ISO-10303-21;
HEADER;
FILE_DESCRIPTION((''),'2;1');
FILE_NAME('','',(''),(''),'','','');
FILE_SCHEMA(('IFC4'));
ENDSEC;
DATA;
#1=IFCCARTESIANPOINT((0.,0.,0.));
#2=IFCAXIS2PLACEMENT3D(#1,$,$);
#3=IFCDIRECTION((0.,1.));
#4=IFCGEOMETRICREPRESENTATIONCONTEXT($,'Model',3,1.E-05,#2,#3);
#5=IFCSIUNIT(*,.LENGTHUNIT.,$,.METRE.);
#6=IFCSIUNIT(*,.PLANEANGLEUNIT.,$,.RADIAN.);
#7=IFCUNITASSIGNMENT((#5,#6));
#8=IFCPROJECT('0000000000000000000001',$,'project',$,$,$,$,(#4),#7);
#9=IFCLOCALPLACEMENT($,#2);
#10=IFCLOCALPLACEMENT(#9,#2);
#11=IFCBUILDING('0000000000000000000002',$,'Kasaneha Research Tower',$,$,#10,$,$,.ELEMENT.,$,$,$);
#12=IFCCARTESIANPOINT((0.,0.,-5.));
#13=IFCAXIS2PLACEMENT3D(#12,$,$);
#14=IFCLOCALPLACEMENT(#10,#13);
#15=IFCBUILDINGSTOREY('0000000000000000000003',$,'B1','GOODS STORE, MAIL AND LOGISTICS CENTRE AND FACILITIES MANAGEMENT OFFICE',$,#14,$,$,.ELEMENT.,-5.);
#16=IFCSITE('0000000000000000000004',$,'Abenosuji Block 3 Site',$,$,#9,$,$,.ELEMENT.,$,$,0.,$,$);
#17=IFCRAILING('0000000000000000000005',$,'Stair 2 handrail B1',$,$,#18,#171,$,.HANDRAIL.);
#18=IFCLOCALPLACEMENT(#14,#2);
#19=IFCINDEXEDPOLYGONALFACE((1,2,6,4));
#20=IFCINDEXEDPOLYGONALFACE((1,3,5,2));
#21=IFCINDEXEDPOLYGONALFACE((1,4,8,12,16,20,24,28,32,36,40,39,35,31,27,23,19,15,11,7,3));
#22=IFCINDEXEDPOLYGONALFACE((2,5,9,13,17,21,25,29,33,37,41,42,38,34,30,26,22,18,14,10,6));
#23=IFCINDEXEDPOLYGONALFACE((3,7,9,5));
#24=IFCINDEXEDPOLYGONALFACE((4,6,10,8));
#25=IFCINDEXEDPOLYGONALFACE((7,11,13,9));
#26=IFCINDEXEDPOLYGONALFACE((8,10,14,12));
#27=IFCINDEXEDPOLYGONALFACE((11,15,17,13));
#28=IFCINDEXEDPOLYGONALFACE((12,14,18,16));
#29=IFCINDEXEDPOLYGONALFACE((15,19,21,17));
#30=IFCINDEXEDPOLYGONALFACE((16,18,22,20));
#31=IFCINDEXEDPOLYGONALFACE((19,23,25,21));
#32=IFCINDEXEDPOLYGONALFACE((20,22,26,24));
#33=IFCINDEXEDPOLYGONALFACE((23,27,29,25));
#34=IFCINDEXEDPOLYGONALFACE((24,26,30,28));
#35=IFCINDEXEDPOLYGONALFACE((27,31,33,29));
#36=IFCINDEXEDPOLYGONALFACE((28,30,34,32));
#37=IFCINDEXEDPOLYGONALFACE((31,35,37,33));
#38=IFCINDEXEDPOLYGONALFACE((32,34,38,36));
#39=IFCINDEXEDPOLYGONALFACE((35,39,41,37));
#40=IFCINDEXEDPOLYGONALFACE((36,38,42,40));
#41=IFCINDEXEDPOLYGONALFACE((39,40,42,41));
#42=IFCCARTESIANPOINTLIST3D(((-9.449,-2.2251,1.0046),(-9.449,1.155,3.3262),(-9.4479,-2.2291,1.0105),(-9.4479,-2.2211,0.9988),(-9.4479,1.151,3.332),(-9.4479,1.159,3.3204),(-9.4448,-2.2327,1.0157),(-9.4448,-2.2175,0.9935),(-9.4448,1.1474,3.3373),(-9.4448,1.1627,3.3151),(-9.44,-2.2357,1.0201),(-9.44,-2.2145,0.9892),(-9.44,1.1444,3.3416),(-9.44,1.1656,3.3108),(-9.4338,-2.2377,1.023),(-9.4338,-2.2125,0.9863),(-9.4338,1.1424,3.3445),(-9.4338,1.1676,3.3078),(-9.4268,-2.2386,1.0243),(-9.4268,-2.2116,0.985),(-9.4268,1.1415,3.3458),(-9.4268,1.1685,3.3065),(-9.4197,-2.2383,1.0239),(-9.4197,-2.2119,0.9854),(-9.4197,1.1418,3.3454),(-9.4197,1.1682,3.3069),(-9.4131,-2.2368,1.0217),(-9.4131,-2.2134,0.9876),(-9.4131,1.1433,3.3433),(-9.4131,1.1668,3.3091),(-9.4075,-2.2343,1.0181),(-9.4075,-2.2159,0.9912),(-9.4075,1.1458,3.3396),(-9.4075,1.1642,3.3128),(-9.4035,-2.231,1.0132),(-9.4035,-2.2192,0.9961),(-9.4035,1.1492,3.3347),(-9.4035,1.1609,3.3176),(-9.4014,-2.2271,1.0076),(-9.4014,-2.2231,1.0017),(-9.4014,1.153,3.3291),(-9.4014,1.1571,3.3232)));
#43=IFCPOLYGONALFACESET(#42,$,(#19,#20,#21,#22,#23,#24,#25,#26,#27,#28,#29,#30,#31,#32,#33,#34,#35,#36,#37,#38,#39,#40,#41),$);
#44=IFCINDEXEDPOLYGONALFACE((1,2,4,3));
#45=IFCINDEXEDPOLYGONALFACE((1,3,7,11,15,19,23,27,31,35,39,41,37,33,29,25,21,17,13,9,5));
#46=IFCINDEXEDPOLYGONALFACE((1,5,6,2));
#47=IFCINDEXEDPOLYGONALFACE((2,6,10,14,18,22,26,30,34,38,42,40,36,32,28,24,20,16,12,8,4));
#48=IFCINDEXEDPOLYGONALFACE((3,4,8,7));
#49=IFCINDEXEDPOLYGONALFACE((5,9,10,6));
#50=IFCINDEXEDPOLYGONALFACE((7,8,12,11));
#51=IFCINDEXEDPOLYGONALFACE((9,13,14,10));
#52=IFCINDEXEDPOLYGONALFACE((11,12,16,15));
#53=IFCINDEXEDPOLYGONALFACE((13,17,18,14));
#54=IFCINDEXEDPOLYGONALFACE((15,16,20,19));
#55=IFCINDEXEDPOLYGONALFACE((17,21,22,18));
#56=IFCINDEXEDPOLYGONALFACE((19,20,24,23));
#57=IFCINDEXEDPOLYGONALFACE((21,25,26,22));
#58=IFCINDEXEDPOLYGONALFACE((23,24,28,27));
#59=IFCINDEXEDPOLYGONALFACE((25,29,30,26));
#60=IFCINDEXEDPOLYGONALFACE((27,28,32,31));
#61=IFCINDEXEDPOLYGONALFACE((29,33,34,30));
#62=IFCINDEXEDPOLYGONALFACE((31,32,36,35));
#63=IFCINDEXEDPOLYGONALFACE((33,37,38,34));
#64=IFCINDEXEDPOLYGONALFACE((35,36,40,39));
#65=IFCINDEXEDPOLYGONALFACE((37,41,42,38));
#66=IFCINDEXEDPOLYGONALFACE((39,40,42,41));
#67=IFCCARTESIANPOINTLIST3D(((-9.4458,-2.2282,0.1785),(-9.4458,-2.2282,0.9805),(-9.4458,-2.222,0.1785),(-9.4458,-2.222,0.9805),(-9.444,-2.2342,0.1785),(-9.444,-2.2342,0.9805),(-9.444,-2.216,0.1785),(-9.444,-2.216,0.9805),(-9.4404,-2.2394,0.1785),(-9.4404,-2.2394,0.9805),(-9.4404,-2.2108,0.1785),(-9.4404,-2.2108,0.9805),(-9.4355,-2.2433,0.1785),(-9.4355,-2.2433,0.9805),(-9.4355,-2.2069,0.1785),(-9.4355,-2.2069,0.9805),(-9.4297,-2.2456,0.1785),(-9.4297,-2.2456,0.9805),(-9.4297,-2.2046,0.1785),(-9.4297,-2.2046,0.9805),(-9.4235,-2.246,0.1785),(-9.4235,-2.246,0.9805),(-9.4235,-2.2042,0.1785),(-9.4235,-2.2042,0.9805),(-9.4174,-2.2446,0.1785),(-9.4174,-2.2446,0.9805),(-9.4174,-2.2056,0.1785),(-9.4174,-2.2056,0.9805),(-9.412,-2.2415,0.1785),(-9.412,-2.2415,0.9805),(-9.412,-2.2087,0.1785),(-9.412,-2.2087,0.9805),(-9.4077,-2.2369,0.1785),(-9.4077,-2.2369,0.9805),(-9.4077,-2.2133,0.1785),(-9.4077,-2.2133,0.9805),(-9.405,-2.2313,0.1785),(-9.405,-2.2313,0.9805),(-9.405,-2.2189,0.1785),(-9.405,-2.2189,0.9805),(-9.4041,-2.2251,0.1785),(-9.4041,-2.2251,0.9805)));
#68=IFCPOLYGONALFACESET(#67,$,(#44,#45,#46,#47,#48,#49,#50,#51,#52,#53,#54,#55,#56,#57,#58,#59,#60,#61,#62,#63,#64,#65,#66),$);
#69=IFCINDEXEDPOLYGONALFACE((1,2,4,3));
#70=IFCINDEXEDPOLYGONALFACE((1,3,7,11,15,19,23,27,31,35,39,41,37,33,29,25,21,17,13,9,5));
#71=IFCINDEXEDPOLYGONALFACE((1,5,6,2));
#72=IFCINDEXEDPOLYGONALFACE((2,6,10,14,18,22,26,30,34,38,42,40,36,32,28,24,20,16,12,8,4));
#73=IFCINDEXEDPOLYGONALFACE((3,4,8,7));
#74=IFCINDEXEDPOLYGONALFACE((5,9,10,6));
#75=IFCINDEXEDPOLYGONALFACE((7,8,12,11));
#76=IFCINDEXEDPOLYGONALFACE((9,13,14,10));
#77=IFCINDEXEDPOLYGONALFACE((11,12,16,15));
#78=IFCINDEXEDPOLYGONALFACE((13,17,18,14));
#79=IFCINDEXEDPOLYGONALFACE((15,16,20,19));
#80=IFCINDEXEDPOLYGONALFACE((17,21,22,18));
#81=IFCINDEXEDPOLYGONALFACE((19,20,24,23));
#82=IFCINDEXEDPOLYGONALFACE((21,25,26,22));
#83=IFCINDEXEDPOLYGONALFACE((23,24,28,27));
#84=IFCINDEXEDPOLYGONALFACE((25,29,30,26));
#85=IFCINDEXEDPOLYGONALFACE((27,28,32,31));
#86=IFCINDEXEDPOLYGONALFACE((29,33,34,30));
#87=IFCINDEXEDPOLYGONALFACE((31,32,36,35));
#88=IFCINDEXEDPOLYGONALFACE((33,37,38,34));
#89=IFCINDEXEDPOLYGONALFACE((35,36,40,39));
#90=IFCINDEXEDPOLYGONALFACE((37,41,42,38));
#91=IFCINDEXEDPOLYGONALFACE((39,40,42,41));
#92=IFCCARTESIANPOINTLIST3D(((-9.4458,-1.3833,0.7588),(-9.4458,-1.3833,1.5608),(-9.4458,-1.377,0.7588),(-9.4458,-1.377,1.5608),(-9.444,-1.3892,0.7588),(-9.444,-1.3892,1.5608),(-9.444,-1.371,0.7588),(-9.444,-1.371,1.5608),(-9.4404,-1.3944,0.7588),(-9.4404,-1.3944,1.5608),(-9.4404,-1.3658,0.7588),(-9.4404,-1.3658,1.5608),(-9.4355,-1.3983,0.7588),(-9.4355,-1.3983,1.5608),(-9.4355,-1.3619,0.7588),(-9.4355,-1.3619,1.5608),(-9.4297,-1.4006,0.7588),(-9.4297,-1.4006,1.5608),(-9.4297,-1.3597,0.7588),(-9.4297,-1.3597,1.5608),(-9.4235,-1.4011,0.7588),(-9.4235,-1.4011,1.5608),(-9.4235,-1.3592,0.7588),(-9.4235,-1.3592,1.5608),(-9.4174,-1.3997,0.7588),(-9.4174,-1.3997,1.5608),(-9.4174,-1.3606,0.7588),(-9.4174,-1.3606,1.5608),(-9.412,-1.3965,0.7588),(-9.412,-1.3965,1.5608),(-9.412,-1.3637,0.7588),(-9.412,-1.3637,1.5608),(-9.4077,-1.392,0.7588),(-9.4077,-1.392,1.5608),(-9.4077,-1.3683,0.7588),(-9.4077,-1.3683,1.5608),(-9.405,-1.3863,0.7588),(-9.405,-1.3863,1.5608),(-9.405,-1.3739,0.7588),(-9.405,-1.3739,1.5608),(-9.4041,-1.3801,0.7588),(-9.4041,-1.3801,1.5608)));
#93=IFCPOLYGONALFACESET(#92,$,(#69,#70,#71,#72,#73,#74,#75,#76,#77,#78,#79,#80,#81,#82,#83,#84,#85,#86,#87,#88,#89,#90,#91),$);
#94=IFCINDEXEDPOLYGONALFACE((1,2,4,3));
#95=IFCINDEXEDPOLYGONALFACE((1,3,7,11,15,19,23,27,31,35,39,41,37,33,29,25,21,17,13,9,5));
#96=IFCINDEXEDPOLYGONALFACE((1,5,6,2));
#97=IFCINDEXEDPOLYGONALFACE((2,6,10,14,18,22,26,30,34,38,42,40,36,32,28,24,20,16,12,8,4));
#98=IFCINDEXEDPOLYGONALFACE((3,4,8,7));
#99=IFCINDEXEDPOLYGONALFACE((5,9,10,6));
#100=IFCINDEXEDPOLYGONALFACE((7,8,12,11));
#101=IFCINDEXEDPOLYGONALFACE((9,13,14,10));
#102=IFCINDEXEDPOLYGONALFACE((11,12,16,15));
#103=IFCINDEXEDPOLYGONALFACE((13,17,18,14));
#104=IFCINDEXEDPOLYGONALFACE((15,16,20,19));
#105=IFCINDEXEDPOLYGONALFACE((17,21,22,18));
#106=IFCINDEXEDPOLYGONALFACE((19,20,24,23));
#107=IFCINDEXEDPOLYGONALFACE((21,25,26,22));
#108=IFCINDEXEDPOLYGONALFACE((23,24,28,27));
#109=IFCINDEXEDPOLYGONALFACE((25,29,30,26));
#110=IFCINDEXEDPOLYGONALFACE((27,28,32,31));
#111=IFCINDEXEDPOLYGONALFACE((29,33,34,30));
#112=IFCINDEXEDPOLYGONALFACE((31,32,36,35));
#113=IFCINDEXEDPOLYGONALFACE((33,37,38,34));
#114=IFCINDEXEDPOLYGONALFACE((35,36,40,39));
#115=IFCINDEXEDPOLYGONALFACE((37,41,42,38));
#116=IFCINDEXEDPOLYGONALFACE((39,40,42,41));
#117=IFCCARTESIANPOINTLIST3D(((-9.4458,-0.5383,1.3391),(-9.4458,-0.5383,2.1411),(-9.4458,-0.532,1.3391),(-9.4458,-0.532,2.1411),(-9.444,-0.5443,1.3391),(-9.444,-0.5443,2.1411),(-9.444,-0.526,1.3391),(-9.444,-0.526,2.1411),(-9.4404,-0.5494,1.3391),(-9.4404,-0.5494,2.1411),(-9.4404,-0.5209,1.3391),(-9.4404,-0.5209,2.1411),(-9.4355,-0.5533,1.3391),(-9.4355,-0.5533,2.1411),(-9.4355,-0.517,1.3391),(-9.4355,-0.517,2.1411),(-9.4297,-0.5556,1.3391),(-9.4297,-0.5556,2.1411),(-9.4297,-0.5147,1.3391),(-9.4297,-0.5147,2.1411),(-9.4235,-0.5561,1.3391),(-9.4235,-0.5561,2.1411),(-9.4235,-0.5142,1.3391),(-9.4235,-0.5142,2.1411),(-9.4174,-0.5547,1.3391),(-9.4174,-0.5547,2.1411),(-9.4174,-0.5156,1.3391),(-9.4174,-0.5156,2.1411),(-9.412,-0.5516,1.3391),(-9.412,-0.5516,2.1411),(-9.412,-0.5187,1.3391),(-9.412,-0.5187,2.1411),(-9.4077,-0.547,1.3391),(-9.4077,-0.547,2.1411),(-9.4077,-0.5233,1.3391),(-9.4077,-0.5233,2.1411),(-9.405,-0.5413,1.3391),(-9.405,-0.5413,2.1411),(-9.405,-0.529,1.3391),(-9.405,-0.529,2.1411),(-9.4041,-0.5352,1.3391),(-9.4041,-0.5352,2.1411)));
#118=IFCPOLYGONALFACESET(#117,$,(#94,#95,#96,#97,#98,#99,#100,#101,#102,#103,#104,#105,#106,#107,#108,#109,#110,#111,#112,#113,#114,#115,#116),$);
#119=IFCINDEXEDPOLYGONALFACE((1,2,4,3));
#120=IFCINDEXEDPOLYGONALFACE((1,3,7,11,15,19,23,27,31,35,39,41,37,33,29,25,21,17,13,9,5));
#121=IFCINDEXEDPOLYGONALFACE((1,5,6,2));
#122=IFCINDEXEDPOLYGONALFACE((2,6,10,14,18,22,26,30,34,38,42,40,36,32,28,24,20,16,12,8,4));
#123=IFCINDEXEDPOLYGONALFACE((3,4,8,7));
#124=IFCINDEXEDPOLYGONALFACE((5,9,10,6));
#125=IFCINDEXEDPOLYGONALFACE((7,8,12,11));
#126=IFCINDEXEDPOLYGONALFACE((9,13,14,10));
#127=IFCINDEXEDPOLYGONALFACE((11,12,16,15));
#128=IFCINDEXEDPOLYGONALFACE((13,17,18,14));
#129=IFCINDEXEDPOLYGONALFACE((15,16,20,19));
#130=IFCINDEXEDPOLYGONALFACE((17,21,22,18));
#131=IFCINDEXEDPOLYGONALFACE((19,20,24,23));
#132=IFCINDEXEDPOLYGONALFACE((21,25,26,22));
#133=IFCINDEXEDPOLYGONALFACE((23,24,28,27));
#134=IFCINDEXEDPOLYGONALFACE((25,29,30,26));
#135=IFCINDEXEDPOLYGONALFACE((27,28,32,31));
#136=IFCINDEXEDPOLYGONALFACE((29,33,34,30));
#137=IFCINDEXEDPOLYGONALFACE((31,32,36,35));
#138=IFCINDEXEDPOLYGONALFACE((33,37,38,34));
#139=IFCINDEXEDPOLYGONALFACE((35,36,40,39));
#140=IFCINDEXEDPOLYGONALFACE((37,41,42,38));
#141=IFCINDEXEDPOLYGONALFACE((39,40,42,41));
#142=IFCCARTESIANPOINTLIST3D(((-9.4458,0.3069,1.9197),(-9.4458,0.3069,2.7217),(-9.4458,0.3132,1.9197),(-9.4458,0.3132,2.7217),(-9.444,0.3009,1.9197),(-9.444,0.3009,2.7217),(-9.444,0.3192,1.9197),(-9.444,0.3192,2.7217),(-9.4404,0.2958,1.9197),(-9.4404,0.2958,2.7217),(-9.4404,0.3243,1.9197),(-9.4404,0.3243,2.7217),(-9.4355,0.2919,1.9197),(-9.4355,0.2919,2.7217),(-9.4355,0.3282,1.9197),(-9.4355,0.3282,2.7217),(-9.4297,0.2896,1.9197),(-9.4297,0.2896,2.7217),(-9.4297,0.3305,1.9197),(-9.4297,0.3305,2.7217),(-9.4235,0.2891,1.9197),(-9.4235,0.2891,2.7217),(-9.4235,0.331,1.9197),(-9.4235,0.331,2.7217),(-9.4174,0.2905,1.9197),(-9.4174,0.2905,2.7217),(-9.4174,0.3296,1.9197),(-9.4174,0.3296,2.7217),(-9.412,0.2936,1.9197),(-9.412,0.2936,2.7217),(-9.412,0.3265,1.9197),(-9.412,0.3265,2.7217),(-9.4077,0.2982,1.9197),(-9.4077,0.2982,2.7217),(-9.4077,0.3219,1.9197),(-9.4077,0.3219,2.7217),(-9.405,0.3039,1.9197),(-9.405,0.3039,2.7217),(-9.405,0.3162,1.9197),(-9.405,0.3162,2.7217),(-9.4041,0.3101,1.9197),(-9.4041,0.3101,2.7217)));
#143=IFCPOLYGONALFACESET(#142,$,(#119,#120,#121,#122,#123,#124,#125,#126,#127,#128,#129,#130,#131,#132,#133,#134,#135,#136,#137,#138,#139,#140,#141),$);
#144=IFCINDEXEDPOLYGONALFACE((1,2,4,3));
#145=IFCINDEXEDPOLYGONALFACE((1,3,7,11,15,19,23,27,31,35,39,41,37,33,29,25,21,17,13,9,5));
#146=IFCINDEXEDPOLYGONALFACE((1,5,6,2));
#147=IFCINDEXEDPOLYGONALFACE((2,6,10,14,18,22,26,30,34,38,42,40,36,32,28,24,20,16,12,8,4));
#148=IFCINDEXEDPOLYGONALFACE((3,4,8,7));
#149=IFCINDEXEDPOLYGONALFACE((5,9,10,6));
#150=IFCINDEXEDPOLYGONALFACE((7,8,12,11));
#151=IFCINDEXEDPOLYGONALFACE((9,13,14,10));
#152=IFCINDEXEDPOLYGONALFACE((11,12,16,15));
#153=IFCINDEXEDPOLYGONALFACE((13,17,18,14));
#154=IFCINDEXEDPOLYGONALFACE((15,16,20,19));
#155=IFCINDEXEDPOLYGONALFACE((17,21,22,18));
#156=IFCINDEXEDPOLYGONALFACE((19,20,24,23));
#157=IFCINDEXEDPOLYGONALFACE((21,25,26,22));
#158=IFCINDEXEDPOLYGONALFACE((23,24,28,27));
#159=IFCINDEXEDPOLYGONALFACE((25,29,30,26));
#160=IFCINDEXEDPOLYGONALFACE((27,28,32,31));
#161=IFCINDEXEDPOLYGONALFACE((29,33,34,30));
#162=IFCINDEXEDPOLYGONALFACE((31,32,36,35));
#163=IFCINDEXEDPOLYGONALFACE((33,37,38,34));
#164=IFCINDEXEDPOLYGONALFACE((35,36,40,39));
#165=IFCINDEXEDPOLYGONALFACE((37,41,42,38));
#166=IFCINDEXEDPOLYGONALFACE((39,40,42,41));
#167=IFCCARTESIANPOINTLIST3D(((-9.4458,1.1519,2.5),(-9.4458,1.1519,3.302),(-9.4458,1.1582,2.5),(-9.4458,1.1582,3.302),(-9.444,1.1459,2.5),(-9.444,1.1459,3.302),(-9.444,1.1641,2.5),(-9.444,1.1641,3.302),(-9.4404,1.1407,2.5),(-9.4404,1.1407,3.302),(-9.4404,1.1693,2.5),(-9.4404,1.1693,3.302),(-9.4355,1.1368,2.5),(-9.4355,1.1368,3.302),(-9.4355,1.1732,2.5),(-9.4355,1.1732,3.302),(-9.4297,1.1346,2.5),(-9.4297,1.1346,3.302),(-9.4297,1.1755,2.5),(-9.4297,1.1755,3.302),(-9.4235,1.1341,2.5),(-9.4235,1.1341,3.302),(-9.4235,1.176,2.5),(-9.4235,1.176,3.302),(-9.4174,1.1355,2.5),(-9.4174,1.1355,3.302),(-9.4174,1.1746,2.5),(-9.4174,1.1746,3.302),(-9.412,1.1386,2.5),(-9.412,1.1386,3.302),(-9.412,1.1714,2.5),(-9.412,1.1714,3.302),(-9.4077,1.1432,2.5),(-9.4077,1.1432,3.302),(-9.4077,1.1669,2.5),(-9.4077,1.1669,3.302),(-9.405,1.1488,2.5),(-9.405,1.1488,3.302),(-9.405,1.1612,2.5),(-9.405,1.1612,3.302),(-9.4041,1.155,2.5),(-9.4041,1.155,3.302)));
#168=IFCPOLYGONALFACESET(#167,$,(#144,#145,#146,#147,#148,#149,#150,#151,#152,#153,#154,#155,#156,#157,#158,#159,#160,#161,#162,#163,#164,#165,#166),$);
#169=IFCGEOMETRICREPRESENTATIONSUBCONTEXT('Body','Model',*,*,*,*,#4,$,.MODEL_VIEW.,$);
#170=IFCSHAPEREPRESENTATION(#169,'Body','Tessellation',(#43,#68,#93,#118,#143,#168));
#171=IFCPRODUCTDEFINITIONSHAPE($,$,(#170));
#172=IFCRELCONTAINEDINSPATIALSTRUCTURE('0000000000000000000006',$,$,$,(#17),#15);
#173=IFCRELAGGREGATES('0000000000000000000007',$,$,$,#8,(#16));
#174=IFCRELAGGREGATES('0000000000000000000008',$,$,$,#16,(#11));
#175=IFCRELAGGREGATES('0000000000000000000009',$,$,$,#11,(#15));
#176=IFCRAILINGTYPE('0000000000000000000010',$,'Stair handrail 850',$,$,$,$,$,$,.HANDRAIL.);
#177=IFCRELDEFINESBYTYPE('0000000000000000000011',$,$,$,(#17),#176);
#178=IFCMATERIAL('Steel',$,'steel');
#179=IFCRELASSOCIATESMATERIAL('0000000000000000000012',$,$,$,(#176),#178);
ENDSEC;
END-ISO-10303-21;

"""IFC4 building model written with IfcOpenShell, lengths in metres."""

from ifc_helpers import new_model, si_unit, direction, frame, origin, origin_2d, place, context, subcontext, project, spatial, circle, extrude, material, type_object, element, save


model = new_model("IFC4")

# Units and contexts
model_context = context("Model", 3, precision=1e-05, world=origin(), true_north=direction((0.0, 1.0)))
body_context = subcontext(model_context, "Body", "Model", "MODEL_VIEW")
ifc_project = project(units=[si_unit("LENGTHUNIT", "METRE"), si_unit("PLANEANGLEUNIT", "RADIAN")], contexts=[model_context])

# Site, building, storey
site_placement = place(None, origin())
site = spatial("IfcSite", under=ifc_project, at=site_placement, Name="Abenosuji Block 3 Site", CompositionType="ELEMENT", RefElevation=0.0)
building_placement = place(site_placement, origin())
building = spatial("IfcBuilding", under=site, at=building_placement, Name="Kasaneha Research Tower", CompositionType="ELEMENT")
storey_placement = place(building_placement, frame((0.0, 0.0, -5.0)))
storey = spatial("IfcBuildingStorey", under=building, at=storey_placement, Name="B1", Description="GOODS STORE, MAIL AND LOGISTICS CENTRE AND FACILITIES MANAGEMENT OFFICE", CompositionType="ELEMENT", Elevation=-5.0)

# Railing
ifc_material_1 = material(Name="Steel", Category="steel")
railing_type = type_object("IfcRailingType", Name="Stair handrail 850", PredefinedType="HANDRAIL", material=ifc_material_1)
railing_placement = place(storey_placement, frame((-9.425, -2.2251, 0.1785)))
element("IfcRailing", 1, at=railing_placement, inside=storey, type_object=railing_type, Name="Stair 2 handrail B1", PredefinedType="HANDRAIL", context=body_context, shape_type="SweptSolid", body=[
    extrude(circle(Radius=0.0239, at=origin_2d()), frame((0.0, 0.0, 0.8262), z_axis=(0.0, 0.824304, 0.566147), x_axis=(-1.0, 0.0, 0.0)), (0.0, 0.0, 1.0), 4.1006),
    extrude(circle(Radius=0.021, at=origin_2d()), origin(), (0.0, 0.0, 1.0), 0.802),
    extrude(circle(Radius=0.021, at=origin_2d()), frame((0.0, 0.845, 0.5803)), (0.0, 0.0, 1.0), 0.802),
    extrude(circle(Radius=0.021, at=origin_2d()), frame((0.0, 1.6899, 1.1606)), (0.0, 0.0, 1.0), 0.802),
    extrude(circle(Radius=0.021, at=origin_2d()), frame((0.0, 2.5352, 1.7412)), (0.0, 0.0, 1.0), 0.802),
    extrude(circle(Radius=0.021, at=origin_2d()), frame((0.0, 3.3801, 2.3215)), (0.0, 0.0, 1.0), 0.802),
])

save(model, "model.ifc")
